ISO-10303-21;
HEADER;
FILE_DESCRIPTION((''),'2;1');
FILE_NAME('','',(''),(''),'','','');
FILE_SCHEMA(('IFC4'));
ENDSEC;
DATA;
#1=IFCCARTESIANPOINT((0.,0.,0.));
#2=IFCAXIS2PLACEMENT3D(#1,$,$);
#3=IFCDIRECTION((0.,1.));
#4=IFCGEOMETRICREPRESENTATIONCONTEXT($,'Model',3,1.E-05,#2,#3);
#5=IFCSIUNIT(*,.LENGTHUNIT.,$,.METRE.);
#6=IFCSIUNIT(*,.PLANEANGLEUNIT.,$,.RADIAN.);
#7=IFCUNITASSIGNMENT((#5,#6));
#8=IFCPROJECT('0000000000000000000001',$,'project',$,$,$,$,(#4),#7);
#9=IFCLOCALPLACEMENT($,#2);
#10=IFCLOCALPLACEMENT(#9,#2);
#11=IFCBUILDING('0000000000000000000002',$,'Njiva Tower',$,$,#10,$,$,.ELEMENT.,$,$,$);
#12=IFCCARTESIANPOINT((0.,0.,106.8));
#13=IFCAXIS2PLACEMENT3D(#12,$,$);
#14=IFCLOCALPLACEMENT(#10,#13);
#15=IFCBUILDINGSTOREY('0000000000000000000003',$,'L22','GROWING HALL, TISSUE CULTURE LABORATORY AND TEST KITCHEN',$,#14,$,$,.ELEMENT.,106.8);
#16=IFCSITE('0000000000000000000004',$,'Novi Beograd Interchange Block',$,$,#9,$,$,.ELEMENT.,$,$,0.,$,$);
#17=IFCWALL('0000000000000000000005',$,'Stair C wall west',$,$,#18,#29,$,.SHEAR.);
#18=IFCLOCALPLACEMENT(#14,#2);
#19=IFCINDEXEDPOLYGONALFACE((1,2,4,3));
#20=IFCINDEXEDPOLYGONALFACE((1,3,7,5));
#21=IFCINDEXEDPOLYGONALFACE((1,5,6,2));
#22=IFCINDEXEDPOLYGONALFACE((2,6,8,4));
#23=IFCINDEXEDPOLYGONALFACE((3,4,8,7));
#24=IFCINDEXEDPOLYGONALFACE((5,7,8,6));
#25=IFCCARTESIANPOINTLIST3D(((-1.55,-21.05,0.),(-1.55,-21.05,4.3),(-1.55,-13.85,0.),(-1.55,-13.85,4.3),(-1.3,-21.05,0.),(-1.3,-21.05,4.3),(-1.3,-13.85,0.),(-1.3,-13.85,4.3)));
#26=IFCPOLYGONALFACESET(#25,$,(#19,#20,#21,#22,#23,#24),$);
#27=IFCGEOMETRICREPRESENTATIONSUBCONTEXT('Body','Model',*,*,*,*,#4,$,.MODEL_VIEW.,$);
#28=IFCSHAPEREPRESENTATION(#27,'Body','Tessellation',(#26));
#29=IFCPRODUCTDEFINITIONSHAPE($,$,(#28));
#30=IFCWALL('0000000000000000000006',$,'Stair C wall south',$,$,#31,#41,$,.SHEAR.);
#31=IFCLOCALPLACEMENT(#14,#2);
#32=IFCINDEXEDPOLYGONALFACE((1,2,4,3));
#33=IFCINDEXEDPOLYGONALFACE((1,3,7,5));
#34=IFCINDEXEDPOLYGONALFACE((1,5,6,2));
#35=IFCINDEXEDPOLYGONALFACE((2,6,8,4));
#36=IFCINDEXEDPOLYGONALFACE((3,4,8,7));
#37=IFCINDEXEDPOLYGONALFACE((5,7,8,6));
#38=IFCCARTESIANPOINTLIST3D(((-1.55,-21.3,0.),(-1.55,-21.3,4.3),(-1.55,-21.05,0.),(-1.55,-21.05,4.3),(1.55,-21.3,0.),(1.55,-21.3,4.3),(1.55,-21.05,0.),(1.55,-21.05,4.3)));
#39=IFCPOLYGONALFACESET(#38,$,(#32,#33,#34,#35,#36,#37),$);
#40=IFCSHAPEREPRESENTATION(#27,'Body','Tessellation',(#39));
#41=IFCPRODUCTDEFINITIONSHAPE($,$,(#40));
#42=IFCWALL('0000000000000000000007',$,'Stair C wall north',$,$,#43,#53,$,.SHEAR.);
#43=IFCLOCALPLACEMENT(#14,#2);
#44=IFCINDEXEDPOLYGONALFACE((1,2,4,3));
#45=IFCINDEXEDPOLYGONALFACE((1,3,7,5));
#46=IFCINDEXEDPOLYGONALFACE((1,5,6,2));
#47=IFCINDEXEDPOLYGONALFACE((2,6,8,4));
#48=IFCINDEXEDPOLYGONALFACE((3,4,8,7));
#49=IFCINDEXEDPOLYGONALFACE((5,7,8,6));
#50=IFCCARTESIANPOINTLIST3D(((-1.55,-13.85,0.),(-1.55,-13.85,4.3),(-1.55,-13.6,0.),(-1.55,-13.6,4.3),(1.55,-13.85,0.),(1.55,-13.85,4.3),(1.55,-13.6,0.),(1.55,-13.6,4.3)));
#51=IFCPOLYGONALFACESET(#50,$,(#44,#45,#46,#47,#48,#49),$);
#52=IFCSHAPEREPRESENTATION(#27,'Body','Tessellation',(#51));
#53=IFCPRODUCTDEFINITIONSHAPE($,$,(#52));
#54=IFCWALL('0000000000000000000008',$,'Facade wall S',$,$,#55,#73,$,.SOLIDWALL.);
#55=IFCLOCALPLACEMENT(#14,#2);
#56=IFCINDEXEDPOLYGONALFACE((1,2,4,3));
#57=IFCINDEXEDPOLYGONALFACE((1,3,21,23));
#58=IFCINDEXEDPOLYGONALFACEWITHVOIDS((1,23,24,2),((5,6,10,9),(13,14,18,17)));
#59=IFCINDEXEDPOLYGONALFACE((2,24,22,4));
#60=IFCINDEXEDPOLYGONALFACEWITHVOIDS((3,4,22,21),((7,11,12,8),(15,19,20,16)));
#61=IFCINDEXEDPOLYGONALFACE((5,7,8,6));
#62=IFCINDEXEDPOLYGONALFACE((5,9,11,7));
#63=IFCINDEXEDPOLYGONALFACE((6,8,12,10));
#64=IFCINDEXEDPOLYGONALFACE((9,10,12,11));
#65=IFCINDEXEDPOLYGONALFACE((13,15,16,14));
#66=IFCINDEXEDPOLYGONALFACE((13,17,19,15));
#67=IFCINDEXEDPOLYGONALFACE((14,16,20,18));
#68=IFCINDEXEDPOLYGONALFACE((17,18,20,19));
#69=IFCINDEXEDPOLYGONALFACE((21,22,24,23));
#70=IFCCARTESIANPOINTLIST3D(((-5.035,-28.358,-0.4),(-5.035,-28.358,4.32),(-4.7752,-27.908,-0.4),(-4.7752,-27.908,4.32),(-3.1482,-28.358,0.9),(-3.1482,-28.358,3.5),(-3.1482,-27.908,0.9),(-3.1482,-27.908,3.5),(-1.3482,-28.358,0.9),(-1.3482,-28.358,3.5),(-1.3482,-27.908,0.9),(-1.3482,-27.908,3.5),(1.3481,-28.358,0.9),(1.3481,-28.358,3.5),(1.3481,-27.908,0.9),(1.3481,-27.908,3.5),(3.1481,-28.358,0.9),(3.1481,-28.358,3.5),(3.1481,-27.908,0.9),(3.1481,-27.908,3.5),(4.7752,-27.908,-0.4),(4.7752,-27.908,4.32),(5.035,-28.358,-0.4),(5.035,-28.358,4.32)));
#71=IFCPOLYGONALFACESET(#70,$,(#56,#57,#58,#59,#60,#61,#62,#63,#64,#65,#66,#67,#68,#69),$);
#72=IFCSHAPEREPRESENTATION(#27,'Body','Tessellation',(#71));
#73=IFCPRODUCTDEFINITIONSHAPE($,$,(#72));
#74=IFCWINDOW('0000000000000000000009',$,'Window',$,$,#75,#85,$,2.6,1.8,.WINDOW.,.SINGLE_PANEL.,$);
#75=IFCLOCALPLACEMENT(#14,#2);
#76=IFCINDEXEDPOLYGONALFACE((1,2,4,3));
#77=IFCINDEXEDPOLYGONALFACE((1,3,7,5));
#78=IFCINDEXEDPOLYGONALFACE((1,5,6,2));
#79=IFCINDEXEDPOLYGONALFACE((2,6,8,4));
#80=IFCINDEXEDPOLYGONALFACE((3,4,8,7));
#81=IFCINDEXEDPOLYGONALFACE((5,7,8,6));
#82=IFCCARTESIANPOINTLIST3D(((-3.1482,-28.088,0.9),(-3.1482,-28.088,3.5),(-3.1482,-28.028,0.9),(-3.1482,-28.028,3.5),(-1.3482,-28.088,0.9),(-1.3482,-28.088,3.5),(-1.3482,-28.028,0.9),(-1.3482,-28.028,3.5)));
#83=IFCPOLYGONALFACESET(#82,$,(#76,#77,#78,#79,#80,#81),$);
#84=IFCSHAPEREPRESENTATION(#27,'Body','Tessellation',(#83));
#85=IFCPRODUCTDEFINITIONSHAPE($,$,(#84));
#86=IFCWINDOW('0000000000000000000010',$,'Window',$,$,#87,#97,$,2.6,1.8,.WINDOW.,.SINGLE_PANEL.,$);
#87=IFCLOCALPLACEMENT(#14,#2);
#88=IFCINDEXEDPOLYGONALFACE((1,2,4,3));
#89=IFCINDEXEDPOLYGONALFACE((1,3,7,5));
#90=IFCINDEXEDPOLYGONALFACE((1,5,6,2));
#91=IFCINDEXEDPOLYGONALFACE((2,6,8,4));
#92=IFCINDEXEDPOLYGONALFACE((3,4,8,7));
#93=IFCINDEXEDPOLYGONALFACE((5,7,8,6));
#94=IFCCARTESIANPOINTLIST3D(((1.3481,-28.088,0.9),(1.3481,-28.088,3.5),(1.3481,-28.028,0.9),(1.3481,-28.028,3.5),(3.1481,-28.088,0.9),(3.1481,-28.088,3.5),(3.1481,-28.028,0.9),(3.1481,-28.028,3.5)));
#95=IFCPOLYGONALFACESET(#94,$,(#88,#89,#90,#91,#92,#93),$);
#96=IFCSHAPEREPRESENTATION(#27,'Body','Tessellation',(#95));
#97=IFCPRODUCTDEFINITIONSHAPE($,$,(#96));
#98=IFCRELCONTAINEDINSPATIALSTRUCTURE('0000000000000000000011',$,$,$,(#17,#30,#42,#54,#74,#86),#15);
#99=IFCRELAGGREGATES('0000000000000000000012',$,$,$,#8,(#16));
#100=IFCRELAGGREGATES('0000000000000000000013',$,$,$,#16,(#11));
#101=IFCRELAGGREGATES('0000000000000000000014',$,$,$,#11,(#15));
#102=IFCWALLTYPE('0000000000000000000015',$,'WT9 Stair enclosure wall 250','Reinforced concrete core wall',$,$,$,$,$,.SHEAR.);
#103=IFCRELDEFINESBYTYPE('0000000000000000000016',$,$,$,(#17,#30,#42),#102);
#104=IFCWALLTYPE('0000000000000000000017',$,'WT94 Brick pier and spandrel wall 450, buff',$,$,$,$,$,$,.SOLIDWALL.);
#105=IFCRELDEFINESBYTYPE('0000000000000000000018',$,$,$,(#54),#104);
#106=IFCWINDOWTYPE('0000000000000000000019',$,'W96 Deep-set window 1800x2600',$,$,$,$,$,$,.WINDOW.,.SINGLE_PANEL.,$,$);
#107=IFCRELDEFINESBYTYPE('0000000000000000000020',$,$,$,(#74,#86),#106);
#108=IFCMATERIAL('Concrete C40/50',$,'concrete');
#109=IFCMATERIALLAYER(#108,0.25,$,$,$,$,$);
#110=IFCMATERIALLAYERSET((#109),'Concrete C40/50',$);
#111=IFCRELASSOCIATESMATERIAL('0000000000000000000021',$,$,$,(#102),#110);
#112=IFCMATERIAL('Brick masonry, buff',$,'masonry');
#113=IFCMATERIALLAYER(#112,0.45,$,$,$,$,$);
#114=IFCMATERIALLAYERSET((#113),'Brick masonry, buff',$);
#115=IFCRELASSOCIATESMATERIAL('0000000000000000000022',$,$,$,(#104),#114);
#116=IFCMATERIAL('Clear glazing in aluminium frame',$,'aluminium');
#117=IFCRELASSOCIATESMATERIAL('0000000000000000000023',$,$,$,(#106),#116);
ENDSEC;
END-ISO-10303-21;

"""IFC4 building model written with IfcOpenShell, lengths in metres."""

from ifc_helpers import new_model, si_unit, direction, frame, frame_2d, origin, place, context, subcontext, project, spatial, polyline, rectangle, outline, extrude, material, layer, layer_set, type_object, element, fill, save


model = new_model("IFC4")

# Units and contexts
model_context = context("Model", 3, precision=1e-05, world=origin(), true_north=direction((0.0, 1.0)))
body_context = subcontext(model_context, "Body", "Model", "MODEL_VIEW")
ifc_project = project(units=[si_unit("LENGTHUNIT", "METRE"), si_unit("PLANEANGLEUNIT", "RADIAN")], contexts=[model_context])

# Site, building, storey
site_placement = place(None, origin())
site = spatial("IfcSite", under=ifc_project, at=site_placement, Name="Novi Beograd Interchange Block", CompositionType="ELEMENT", RefElevation=0.0)
building_placement = place(site_placement, origin())
building = spatial("IfcBuilding", under=site, at=building_placement, Name="Njiva Tower", CompositionType="ELEMENT")
storey_placement = place(building_placement, frame((0.0, 0.0, 106.8)))
storey = spatial("IfcBuildingStorey", under=building, at=storey_placement, Name="L22", Description="GROWING HALL, TISSUE CULTURE LABORATORY AND TEST KITCHEN", CompositionType="ELEMENT", Elevation=106.8)

# Walls
ifc_material_1 = material(Name="Concrete C40/50", Category="concrete")
ifc_layer_1 = layer(ifc_material_1, 0.25)
ifc_layer_set_1 = layer_set([ifc_layer_1], Name="Concrete C40/50")
wall_type_1 = type_object("IfcWallType", Name="WT9 Stair enclosure wall 250", Description="Reinforced concrete core wall", PredefinedType="SHEAR", material=ifc_layer_set_1)
wall_1_placement = place(storey_placement, frame((-1.425, -21.05, 0.0), z_axis=(0.0, 0.0, 1.0), x_axis=(0.0, 1.0, 0.0)))
element("IfcWall", 1, at=wall_1_placement, inside=storey, type_object=wall_type_1, Name="Stair C wall west", PredefinedType="SHEAR", context=body_context, shape_type="SweptSolid", body=[
    extrude(rectangle(XDim=7.2, YDim=0.25, at=frame_2d((3.6, 0.0))), origin(), (0.0, 0.0, 1.0), 4.3),
])
for number, where, z_axis, x_axis, name in (
    (2, (-1.55, -21.175, 0.0), (0.0, 0.0, 1.0), (1.0, 0.0, 0.0), "Stair C wall south"),
    (3, (-1.55, -13.725, 0.0), (0.0, 0.0, 1.0), (1.0, 0.0, 0.0), "Stair C wall north"),
):
    element("IfcWall", number, at=place(storey_placement, frame(where, z_axis=z_axis, x_axis=x_axis)), inside=storey, type_object=wall_type_1, Name=name, PredefinedType="SHEAR", context=body_context, shape_type="SweptSolid", body=[
        extrude(rectangle(XDim=3.1, YDim=0.25, at=frame_2d((1.55, 0.0))), origin(), (0.0, 0.0, 1.0), 4.3),
    ])

# Wall, openings, windows
ifc_material_2 = material(Name="Brick masonry, buff", Category="masonry")
ifc_layer_2 = layer(ifc_material_2, 0.45)
ifc_layer_set_2 = layer_set([ifc_layer_2], Name="Brick masonry, buff")
wall_type_2 = type_object("IfcWallType", Name="WT94 Brick pier and spandrel wall 450, buff", PredefinedType="SOLIDWALL", material=ifc_layer_set_2)
wall_2_placement = place(storey_placement, frame((-4.9051, -28.133, -0.4), z_axis=(0.0, 0.0, 1.0), x_axis=(1.0, 0.0, 0.0)))
wall_2 = element("IfcWall", 4, at=wall_2_placement, inside=storey, type_object=wall_type_2, Name="Facade wall S", PredefinedType="SOLIDWALL", context=body_context, shape_type="SweptSolid", body=[
    extrude(outline(polyline([(-0.1299, -0.225), (9.9401, -0.225), (9.6803, 0.225), (0.1299, 0.225), (-0.1299, -0.225)])), origin(), (0.0, 0.0, 1.0), 4.72),
])
opening_1_placement = place(wall_2_placement, frame((1.7569, 0.0, 1.3)))
opening_1 = element("IfcOpeningElement", 5, at=opening_1_placement, cuts=wall_2, PredefinedType="OPENING", context=body_context, shape_type="SweptSolid", body=[
    extrude(rectangle(XDim=1.8, YDim=2.6, at=frame_2d((0.9, 1.3))), frame((0.0, 0.235, 0.0), z_axis=(0.0, -1.0, 0.0), x_axis=(1.0, 0.0, 0.0)), (0.0, 0.0, 1.0), 0.47),
])
opening_2_placement = place(wall_2_placement, frame((6.2532, 0.0, 1.3)))
opening_2 = element("IfcOpeningElement", 6, at=opening_2_placement, cuts=wall_2, PredefinedType="OPENING", context=body_context, shape_type="SweptSolid", body=[
    extrude(rectangle(XDim=1.8, YDim=2.6, at=frame_2d((0.9, 1.3))), frame((0.0, 0.235, 0.0), z_axis=(0.0, -1.0, 0.0), x_axis=(1.0, 0.0, 0.0)), (0.0, 0.0, 1.0), 0.47),
])
ifc_material_3 = material(Name="Clear glazing in aluminium frame", Category="aluminium")
window_type = type_object("IfcWindowType", Name="W96 Deep-set window 1800x2600", PartitioningType="SINGLE_PANEL", PredefinedType="WINDOW", material=ifc_material_3)
window_1_placement = place(opening_1_placement, origin())
window_1 = element("IfcWindow", 7, at=window_1_placement, inside=storey, type_object=window_type, Name="Window", OverallHeight=2.6, OverallWidth=1.8, PartitioningType="SINGLE_PANEL", PredefinedType="WINDOW", context=body_context, shape_type="SweptSolid", body=[
    extrude(rectangle(XDim=1.8, YDim=2.6, at=frame_2d((0.9, 1.3))), frame((0.0, 0.105, 0.0), z_axis=(0.0, -1.0, 0.0), x_axis=(1.0, 0.0, 0.0)), (0.0, 0.0, 1.0), 0.06),
])
fill(opening_1, window_1)
window_2_placement = place(opening_2_placement, origin())
window_2 = element("IfcWindow", 8, at=window_2_placement, inside=storey, type_object=window_type, Name="Window", OverallHeight=2.6, OverallWidth=1.8, PartitioningType="SINGLE_PANEL", PredefinedType="WINDOW", context=body_context, shape_type="SweptSolid", body=[
    extrude(rectangle(XDim=1.8, YDim=2.6, at=frame_2d((0.9, 1.3))), frame((0.0, 0.105, 0.0), z_axis=(0.0, -1.0, 0.0), x_axis=(1.0, 0.0, 0.0)), (0.0, 0.0, 1.0), 0.06),
])
fill(opening_2, window_2)

save(model, "model.ifc")
